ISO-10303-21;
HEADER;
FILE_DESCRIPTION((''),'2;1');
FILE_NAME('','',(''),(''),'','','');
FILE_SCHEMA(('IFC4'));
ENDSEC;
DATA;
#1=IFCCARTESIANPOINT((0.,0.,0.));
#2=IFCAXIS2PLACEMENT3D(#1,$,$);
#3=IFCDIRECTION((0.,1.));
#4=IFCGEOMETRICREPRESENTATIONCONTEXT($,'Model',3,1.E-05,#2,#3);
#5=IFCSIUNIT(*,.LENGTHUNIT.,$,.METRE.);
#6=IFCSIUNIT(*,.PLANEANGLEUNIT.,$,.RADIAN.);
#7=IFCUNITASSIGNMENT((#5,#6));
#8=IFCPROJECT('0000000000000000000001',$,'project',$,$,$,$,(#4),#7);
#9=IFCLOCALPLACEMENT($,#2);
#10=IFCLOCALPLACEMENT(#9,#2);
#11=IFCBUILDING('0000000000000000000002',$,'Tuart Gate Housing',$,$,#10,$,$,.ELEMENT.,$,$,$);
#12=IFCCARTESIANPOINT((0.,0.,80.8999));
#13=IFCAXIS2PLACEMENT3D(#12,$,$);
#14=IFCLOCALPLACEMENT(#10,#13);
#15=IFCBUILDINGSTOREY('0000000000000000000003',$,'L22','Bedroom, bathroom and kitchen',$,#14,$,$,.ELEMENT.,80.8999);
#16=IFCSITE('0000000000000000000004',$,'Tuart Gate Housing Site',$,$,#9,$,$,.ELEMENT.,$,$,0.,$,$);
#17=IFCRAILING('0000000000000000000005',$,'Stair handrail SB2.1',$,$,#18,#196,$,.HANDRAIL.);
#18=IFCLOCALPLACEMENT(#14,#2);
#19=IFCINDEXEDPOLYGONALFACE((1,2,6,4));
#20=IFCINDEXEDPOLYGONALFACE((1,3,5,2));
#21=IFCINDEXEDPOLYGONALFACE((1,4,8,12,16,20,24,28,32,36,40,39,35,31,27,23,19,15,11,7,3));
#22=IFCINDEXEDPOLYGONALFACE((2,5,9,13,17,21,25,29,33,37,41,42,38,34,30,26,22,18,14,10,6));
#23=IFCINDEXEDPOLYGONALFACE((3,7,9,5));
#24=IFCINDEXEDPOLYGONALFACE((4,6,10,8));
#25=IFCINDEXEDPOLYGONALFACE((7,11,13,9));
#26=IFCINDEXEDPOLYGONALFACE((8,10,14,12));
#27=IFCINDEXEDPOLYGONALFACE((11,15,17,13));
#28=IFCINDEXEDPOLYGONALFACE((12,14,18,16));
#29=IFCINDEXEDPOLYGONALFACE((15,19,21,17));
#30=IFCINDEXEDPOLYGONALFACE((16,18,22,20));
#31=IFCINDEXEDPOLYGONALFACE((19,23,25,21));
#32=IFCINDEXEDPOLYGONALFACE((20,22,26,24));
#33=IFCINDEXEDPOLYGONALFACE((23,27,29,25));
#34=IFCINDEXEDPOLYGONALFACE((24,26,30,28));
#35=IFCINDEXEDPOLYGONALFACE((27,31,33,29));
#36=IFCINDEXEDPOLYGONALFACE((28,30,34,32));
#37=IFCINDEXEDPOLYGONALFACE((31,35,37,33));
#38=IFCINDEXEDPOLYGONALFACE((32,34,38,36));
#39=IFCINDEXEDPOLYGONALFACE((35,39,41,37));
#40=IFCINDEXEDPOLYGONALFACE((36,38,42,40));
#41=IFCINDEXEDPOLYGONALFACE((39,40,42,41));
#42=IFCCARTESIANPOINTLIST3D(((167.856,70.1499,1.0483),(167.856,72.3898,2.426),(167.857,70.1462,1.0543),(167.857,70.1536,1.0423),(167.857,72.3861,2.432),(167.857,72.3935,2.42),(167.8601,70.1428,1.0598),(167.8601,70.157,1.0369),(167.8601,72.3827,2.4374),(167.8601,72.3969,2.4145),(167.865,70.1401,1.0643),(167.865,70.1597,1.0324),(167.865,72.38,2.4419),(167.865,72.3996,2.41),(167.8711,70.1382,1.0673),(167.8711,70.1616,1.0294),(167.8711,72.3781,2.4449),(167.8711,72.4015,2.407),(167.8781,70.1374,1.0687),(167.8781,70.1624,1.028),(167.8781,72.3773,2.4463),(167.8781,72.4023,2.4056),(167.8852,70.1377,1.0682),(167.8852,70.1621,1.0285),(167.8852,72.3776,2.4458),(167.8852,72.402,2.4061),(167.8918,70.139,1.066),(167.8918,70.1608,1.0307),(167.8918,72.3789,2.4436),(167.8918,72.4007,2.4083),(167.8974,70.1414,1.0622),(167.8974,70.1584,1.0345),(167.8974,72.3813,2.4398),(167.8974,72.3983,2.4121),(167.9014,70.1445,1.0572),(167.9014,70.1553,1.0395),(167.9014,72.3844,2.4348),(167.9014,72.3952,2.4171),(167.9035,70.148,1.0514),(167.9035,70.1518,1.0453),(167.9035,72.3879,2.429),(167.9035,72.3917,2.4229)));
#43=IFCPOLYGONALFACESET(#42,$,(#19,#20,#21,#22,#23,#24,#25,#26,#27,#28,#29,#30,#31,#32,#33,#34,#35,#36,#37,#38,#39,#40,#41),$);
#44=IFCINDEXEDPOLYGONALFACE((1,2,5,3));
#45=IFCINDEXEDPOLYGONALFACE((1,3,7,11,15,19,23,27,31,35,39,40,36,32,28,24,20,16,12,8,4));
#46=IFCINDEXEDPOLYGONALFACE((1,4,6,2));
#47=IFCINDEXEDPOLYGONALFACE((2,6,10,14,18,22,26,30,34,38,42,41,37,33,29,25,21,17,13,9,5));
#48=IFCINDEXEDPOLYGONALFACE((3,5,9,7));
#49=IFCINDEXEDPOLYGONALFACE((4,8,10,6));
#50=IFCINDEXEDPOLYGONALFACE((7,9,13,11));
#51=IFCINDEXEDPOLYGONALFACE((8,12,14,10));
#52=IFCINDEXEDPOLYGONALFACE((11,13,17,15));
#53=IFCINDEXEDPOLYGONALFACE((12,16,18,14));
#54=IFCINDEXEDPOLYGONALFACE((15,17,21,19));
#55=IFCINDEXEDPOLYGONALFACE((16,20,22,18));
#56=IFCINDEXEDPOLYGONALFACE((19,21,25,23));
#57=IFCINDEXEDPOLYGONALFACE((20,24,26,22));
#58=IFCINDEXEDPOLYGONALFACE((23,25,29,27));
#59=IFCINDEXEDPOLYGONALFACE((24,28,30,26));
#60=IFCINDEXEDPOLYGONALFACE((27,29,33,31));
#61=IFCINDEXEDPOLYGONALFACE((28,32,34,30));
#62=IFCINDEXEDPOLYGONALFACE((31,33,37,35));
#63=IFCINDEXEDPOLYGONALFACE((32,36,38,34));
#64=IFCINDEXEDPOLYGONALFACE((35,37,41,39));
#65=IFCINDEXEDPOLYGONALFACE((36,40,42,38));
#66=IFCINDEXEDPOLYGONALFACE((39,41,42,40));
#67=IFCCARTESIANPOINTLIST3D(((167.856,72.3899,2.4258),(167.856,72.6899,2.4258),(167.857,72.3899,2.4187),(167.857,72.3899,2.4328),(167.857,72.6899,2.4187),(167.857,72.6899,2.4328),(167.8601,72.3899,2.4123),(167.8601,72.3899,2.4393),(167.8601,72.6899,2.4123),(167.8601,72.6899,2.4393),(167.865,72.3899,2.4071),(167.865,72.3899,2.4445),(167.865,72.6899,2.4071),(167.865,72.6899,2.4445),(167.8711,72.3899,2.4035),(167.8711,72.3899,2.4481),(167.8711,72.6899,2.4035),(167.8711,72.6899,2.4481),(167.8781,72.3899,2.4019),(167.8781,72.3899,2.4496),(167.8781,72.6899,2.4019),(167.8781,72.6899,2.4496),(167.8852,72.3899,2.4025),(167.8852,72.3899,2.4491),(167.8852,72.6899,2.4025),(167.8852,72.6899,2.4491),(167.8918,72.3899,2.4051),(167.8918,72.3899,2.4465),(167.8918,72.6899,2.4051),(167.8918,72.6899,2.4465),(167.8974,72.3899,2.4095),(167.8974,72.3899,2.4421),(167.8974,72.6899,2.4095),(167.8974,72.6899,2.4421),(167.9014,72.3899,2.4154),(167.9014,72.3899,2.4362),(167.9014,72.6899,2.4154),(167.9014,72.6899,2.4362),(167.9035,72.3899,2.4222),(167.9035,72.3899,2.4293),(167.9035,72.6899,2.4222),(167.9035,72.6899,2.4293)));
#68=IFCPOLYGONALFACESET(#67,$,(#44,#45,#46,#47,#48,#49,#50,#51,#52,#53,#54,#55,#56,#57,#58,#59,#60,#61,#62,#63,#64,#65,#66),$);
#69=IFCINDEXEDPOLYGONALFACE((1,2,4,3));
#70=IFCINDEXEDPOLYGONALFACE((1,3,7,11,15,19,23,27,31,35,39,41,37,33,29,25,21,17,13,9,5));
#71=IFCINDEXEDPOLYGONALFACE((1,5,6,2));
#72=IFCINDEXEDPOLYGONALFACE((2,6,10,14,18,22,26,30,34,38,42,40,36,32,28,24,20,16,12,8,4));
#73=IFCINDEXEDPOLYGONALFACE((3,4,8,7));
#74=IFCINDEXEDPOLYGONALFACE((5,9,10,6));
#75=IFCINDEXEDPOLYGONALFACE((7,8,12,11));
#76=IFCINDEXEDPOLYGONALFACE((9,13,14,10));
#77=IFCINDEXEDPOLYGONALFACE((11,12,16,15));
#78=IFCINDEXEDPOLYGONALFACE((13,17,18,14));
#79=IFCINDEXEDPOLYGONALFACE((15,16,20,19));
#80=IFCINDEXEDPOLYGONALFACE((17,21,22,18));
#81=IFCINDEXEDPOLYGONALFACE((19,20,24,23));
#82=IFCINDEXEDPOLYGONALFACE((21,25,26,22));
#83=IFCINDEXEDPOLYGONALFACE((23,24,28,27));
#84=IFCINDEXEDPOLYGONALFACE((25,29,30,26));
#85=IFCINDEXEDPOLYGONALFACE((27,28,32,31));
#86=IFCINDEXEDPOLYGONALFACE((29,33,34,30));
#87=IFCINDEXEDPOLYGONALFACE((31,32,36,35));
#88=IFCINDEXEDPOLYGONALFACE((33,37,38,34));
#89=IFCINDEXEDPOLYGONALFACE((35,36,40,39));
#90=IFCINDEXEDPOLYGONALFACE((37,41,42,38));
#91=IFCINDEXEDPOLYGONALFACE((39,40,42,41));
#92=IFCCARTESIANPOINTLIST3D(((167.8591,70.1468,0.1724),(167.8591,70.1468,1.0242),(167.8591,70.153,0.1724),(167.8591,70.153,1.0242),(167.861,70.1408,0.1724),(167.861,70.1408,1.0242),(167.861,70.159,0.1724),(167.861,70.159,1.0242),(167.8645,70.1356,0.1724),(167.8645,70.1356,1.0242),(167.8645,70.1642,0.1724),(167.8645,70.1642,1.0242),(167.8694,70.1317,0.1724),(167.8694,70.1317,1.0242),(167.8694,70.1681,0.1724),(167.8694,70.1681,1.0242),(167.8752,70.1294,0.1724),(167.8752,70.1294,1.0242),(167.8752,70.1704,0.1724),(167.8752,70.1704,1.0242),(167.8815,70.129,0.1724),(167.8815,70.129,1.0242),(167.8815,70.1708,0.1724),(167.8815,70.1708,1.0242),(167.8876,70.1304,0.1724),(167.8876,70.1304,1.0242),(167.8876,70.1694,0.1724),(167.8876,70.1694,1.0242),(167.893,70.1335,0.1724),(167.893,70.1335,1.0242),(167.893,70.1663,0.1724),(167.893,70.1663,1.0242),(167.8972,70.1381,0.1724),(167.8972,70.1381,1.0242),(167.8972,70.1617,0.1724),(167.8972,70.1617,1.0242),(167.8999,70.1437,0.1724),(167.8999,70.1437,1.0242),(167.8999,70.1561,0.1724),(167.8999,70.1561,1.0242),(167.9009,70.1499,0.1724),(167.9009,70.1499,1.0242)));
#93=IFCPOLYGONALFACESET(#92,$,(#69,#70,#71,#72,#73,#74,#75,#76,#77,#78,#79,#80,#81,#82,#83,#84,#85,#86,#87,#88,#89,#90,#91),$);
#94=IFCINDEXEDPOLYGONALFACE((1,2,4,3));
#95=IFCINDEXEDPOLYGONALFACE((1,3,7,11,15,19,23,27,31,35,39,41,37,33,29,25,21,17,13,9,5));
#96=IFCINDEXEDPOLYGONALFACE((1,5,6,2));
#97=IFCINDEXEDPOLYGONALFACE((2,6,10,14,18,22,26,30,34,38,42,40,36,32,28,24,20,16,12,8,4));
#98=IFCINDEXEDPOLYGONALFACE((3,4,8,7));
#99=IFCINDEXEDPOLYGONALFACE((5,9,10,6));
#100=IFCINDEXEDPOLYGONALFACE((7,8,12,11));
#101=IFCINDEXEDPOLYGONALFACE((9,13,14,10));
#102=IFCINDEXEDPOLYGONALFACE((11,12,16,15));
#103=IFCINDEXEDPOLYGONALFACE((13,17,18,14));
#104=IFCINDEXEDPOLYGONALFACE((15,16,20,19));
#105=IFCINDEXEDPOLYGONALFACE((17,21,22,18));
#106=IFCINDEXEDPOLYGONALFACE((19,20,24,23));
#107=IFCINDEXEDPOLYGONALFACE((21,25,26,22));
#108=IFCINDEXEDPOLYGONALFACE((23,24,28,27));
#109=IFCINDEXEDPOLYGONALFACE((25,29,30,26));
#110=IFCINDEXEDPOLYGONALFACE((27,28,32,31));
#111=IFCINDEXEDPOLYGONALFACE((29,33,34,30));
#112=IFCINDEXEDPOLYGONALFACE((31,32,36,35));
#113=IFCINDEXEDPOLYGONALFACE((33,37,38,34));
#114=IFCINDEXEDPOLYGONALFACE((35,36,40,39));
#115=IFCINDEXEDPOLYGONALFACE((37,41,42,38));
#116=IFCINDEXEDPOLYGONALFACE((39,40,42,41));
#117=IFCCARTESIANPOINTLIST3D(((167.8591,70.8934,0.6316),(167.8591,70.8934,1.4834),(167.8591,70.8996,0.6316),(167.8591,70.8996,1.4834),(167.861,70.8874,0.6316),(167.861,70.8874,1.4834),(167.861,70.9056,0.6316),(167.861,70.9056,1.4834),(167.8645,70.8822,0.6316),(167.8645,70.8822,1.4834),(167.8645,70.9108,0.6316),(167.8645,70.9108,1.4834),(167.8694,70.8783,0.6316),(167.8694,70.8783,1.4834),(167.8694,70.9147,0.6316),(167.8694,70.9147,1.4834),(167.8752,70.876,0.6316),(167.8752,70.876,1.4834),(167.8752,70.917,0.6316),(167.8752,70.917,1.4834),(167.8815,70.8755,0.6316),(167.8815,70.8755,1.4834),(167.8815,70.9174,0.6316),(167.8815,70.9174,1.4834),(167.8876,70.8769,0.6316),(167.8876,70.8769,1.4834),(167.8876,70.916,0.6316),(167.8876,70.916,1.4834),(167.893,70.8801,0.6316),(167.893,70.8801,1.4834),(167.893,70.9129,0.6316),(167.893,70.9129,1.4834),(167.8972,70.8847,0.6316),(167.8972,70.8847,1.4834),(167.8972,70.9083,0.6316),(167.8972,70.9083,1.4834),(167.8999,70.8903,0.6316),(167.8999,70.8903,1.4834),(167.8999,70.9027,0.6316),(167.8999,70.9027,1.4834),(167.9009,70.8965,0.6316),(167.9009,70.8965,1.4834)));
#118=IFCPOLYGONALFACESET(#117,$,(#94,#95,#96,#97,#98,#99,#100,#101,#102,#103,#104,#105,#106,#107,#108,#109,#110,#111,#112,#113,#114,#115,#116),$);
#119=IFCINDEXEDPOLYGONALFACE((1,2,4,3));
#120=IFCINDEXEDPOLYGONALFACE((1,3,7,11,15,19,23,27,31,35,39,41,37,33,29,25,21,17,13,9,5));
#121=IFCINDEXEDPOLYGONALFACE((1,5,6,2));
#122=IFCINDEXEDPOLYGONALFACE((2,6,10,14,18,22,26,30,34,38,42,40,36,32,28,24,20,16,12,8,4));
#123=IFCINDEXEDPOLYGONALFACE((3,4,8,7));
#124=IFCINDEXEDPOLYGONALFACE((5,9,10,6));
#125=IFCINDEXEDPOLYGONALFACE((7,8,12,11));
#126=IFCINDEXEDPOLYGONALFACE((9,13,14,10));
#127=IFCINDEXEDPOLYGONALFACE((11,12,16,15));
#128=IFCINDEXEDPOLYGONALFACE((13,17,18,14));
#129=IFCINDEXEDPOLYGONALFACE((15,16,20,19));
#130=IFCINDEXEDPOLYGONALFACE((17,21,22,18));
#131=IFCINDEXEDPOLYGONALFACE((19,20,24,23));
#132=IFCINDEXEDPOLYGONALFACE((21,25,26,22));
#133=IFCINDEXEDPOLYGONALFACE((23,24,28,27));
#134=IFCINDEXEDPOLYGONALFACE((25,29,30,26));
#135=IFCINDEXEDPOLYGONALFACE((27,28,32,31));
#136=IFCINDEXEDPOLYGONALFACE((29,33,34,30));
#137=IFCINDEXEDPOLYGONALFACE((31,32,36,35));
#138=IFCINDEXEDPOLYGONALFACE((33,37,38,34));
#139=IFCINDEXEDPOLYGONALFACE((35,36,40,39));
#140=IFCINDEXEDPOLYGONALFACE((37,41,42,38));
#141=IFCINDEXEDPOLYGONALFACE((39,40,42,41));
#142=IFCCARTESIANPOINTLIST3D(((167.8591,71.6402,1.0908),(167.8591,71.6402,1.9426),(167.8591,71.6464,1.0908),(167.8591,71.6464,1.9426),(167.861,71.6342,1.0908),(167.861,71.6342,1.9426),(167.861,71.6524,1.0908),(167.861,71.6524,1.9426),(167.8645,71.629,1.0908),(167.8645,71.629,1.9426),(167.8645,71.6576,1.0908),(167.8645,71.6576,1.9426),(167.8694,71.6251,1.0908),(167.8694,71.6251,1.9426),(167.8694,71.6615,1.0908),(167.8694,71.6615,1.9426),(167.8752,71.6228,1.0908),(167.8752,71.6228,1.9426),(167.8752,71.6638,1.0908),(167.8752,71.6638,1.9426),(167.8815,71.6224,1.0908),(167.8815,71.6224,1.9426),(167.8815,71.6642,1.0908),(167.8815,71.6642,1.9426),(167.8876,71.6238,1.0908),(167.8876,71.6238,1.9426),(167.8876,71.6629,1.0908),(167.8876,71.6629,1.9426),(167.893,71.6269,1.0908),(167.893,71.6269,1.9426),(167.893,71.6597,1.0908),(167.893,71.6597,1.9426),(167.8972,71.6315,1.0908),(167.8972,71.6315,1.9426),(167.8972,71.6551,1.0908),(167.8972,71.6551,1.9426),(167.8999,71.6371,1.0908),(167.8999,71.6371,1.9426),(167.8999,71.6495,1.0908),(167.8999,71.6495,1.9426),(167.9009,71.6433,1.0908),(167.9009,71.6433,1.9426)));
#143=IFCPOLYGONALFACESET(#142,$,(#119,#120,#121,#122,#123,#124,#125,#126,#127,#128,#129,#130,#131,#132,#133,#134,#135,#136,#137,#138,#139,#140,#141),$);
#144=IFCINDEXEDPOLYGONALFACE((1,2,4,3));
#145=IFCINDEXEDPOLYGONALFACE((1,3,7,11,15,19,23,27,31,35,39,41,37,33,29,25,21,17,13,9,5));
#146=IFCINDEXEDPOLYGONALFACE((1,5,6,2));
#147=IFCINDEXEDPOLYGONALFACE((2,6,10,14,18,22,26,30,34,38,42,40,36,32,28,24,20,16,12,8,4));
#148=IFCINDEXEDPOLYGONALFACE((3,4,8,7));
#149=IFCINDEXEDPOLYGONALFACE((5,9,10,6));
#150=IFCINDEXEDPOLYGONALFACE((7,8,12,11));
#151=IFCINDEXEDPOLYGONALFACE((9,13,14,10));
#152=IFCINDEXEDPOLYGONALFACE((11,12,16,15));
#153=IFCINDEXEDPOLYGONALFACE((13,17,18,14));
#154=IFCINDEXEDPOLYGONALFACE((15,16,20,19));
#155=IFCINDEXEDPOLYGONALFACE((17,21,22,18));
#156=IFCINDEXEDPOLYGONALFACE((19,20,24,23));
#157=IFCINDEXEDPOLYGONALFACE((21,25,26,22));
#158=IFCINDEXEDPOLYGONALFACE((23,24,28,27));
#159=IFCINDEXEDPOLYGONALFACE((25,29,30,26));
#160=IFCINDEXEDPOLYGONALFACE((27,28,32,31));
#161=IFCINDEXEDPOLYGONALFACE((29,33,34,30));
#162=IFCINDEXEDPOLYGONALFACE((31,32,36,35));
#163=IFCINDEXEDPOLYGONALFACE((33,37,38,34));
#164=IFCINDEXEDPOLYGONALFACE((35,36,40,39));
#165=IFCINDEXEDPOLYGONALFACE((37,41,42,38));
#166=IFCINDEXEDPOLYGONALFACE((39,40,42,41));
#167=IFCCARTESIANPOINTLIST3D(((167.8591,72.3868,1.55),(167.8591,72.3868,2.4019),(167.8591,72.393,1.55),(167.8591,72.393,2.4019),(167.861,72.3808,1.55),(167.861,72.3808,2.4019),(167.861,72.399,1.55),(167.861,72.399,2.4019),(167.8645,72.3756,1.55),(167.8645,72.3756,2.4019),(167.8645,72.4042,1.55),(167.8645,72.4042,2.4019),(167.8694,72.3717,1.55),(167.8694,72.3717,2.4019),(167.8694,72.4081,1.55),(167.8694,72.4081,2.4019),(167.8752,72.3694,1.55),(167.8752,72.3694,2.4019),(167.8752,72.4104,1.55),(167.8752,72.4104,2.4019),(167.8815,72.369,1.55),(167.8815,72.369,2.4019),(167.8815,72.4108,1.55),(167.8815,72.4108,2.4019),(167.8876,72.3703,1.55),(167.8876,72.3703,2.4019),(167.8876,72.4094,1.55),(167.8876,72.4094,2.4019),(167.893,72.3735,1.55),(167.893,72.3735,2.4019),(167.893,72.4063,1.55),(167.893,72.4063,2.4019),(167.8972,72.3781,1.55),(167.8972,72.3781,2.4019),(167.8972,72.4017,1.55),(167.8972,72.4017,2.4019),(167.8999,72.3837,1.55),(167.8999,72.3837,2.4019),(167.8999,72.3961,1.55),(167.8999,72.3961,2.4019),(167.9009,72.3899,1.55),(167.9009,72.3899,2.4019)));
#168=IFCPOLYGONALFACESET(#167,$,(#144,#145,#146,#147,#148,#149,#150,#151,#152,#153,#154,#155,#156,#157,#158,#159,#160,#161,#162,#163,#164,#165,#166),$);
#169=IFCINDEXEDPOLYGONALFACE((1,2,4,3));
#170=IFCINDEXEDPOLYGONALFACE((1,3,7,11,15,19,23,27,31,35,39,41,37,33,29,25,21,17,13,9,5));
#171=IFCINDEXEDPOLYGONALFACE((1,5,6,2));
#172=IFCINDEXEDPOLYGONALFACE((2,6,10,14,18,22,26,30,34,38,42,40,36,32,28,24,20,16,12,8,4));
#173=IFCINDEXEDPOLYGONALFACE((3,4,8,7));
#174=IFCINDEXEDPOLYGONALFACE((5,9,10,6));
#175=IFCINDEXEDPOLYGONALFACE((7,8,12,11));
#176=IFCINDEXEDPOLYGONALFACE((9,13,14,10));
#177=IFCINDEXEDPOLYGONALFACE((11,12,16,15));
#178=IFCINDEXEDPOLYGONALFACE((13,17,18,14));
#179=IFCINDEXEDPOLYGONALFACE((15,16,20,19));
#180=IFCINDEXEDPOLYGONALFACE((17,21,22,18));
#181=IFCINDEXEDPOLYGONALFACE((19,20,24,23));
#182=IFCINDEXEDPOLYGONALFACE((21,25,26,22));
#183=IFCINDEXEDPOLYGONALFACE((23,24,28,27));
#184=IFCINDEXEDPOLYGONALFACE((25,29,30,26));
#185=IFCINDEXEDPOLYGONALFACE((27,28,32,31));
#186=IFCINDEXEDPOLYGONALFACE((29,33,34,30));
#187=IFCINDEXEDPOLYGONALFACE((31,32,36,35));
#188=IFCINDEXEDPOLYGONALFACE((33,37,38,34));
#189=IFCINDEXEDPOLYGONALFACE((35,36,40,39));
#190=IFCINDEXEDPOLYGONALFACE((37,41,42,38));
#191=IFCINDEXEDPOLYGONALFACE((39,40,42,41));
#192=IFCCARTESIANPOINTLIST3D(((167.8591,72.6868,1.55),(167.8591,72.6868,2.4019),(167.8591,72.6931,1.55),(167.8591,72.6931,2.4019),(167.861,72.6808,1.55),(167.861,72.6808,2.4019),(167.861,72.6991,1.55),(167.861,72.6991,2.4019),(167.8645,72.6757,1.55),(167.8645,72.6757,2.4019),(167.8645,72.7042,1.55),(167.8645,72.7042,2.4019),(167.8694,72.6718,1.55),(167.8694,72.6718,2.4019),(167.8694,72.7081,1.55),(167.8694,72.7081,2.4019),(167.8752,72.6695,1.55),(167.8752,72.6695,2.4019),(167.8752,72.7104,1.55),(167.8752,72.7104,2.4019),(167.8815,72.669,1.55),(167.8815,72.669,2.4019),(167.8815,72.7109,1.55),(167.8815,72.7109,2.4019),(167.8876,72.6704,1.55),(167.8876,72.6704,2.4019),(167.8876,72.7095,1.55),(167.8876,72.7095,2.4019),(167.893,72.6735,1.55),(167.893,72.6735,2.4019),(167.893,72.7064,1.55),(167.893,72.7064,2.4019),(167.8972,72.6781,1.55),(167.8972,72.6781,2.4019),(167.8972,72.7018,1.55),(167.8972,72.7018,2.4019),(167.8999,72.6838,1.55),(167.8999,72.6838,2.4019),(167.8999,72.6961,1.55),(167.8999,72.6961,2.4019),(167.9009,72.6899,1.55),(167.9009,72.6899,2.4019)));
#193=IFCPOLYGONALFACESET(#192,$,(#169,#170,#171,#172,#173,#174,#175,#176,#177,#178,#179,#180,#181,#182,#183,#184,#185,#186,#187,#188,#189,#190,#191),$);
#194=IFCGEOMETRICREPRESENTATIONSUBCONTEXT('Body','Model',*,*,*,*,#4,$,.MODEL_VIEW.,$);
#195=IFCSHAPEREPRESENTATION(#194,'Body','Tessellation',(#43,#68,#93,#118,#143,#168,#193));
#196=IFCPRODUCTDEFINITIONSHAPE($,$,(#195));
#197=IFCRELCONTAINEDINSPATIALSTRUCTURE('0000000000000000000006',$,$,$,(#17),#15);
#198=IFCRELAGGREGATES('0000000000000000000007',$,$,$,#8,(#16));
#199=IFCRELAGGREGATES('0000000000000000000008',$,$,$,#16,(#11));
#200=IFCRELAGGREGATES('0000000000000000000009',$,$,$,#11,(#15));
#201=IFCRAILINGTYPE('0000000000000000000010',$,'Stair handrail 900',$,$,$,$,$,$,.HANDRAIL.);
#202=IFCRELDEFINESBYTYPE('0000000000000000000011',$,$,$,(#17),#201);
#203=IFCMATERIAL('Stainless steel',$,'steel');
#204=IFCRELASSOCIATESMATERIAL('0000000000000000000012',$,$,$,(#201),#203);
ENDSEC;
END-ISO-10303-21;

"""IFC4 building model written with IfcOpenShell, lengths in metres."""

from ifc_helpers import new_model, si_unit, direction, frame, origin, origin_2d, place, context, subcontext, project, spatial, circle, extrude, material, type_object, element, save


model = new_model("IFC4")

# Units and contexts
model_context = context("Model", 3, precision=1e-05, world=origin(), true_north=direction((0.0, 1.0)))
body_context = subcontext(model_context, "Body", "Model", "MODEL_VIEW")
ifc_project = project(units=[si_unit("LENGTHUNIT", "METRE"), si_unit("PLANEANGLEUNIT", "RADIAN")], contexts=[model_context])

# Site, building, storey
site_placement = place(None, origin())
site = spatial("IfcSite", under=ifc_project, at=site_placement, Name="Tuart Gate Housing Site", CompositionType="ELEMENT", RefElevation=0.0)
building_placement = place(site_placement, origin())
building = spatial("IfcBuilding", under=site, at=building_placement, Name="Tuart Gate Housing", CompositionType="ELEMENT")
storey_placement = place(building_placement, frame((0.0, 0.0, 80.8999)))
storey = spatial("IfcBuildingStorey", under=building, at=storey_placement, Name="L22", Description="Bedroom, bathroom and kitchen", CompositionType="ELEMENT", Elevation=80.8999)

# Railing
ifc_material_1 = material(Name="Stainless steel", Category="steel")
railing_type = type_object("IfcRailingType", Name="Stair handrail 900", PredefinedType="HANDRAIL", material=ifc_material_1)
railing_placement = place(storey_placement, frame((167.8799, 70.1499, 0.1724)))
element("IfcRailing", 1, at=railing_placement, inside=storey, type_object=railing_type, Name="Stair handrail SB2.1", PredefinedType="HANDRAIL", context=body_context, shape_type="SweptSolid", body=[
    extrude(circle(Radius=0.0239, at=origin_2d()), frame((0.0, 0.0, 0.876), z_axis=(0.0, 0.851789, 0.523885), x_axis=(-1.0, 0.0, 0.0)), (0.0, 0.0, 1.0), 2.6296),
    extrude(circle(Radius=0.0239, at=origin_2d()), frame((0.0, 2.24, 2.2534), z_axis=(0.0, 1.0, 0.0), x_axis=(-1.0, 0.0, 0.0)), (0.0, 0.0, 1.0), 0.3),
    extrude(circle(Radius=0.021, at=origin_2d()), origin(), (0.0, 0.0, 1.0), 0.8518),
    extrude(circle(Radius=0.021, at=origin_2d()), frame((0.0, 0.7466, 0.4592)), (0.0, 0.0, 1.0), 0.8518),
    extrude(circle(Radius=0.021, at=origin_2d()), frame((0.0, 1.4934, 0.9185)), (0.0, 0.0, 1.0), 0.8518),
    extrude(circle(Radius=0.021, at=origin_2d()), frame((0.0, 2.24, 1.3777)), (0.0, 0.0, 1.0), 0.8518),
    extrude(circle(Radius=0.021, at=origin_2d()), frame((0.0, 2.54, 1.3777)), (0.0, 0.0, 1.0), 0.8518),
])

save(model, "model.ifc")
